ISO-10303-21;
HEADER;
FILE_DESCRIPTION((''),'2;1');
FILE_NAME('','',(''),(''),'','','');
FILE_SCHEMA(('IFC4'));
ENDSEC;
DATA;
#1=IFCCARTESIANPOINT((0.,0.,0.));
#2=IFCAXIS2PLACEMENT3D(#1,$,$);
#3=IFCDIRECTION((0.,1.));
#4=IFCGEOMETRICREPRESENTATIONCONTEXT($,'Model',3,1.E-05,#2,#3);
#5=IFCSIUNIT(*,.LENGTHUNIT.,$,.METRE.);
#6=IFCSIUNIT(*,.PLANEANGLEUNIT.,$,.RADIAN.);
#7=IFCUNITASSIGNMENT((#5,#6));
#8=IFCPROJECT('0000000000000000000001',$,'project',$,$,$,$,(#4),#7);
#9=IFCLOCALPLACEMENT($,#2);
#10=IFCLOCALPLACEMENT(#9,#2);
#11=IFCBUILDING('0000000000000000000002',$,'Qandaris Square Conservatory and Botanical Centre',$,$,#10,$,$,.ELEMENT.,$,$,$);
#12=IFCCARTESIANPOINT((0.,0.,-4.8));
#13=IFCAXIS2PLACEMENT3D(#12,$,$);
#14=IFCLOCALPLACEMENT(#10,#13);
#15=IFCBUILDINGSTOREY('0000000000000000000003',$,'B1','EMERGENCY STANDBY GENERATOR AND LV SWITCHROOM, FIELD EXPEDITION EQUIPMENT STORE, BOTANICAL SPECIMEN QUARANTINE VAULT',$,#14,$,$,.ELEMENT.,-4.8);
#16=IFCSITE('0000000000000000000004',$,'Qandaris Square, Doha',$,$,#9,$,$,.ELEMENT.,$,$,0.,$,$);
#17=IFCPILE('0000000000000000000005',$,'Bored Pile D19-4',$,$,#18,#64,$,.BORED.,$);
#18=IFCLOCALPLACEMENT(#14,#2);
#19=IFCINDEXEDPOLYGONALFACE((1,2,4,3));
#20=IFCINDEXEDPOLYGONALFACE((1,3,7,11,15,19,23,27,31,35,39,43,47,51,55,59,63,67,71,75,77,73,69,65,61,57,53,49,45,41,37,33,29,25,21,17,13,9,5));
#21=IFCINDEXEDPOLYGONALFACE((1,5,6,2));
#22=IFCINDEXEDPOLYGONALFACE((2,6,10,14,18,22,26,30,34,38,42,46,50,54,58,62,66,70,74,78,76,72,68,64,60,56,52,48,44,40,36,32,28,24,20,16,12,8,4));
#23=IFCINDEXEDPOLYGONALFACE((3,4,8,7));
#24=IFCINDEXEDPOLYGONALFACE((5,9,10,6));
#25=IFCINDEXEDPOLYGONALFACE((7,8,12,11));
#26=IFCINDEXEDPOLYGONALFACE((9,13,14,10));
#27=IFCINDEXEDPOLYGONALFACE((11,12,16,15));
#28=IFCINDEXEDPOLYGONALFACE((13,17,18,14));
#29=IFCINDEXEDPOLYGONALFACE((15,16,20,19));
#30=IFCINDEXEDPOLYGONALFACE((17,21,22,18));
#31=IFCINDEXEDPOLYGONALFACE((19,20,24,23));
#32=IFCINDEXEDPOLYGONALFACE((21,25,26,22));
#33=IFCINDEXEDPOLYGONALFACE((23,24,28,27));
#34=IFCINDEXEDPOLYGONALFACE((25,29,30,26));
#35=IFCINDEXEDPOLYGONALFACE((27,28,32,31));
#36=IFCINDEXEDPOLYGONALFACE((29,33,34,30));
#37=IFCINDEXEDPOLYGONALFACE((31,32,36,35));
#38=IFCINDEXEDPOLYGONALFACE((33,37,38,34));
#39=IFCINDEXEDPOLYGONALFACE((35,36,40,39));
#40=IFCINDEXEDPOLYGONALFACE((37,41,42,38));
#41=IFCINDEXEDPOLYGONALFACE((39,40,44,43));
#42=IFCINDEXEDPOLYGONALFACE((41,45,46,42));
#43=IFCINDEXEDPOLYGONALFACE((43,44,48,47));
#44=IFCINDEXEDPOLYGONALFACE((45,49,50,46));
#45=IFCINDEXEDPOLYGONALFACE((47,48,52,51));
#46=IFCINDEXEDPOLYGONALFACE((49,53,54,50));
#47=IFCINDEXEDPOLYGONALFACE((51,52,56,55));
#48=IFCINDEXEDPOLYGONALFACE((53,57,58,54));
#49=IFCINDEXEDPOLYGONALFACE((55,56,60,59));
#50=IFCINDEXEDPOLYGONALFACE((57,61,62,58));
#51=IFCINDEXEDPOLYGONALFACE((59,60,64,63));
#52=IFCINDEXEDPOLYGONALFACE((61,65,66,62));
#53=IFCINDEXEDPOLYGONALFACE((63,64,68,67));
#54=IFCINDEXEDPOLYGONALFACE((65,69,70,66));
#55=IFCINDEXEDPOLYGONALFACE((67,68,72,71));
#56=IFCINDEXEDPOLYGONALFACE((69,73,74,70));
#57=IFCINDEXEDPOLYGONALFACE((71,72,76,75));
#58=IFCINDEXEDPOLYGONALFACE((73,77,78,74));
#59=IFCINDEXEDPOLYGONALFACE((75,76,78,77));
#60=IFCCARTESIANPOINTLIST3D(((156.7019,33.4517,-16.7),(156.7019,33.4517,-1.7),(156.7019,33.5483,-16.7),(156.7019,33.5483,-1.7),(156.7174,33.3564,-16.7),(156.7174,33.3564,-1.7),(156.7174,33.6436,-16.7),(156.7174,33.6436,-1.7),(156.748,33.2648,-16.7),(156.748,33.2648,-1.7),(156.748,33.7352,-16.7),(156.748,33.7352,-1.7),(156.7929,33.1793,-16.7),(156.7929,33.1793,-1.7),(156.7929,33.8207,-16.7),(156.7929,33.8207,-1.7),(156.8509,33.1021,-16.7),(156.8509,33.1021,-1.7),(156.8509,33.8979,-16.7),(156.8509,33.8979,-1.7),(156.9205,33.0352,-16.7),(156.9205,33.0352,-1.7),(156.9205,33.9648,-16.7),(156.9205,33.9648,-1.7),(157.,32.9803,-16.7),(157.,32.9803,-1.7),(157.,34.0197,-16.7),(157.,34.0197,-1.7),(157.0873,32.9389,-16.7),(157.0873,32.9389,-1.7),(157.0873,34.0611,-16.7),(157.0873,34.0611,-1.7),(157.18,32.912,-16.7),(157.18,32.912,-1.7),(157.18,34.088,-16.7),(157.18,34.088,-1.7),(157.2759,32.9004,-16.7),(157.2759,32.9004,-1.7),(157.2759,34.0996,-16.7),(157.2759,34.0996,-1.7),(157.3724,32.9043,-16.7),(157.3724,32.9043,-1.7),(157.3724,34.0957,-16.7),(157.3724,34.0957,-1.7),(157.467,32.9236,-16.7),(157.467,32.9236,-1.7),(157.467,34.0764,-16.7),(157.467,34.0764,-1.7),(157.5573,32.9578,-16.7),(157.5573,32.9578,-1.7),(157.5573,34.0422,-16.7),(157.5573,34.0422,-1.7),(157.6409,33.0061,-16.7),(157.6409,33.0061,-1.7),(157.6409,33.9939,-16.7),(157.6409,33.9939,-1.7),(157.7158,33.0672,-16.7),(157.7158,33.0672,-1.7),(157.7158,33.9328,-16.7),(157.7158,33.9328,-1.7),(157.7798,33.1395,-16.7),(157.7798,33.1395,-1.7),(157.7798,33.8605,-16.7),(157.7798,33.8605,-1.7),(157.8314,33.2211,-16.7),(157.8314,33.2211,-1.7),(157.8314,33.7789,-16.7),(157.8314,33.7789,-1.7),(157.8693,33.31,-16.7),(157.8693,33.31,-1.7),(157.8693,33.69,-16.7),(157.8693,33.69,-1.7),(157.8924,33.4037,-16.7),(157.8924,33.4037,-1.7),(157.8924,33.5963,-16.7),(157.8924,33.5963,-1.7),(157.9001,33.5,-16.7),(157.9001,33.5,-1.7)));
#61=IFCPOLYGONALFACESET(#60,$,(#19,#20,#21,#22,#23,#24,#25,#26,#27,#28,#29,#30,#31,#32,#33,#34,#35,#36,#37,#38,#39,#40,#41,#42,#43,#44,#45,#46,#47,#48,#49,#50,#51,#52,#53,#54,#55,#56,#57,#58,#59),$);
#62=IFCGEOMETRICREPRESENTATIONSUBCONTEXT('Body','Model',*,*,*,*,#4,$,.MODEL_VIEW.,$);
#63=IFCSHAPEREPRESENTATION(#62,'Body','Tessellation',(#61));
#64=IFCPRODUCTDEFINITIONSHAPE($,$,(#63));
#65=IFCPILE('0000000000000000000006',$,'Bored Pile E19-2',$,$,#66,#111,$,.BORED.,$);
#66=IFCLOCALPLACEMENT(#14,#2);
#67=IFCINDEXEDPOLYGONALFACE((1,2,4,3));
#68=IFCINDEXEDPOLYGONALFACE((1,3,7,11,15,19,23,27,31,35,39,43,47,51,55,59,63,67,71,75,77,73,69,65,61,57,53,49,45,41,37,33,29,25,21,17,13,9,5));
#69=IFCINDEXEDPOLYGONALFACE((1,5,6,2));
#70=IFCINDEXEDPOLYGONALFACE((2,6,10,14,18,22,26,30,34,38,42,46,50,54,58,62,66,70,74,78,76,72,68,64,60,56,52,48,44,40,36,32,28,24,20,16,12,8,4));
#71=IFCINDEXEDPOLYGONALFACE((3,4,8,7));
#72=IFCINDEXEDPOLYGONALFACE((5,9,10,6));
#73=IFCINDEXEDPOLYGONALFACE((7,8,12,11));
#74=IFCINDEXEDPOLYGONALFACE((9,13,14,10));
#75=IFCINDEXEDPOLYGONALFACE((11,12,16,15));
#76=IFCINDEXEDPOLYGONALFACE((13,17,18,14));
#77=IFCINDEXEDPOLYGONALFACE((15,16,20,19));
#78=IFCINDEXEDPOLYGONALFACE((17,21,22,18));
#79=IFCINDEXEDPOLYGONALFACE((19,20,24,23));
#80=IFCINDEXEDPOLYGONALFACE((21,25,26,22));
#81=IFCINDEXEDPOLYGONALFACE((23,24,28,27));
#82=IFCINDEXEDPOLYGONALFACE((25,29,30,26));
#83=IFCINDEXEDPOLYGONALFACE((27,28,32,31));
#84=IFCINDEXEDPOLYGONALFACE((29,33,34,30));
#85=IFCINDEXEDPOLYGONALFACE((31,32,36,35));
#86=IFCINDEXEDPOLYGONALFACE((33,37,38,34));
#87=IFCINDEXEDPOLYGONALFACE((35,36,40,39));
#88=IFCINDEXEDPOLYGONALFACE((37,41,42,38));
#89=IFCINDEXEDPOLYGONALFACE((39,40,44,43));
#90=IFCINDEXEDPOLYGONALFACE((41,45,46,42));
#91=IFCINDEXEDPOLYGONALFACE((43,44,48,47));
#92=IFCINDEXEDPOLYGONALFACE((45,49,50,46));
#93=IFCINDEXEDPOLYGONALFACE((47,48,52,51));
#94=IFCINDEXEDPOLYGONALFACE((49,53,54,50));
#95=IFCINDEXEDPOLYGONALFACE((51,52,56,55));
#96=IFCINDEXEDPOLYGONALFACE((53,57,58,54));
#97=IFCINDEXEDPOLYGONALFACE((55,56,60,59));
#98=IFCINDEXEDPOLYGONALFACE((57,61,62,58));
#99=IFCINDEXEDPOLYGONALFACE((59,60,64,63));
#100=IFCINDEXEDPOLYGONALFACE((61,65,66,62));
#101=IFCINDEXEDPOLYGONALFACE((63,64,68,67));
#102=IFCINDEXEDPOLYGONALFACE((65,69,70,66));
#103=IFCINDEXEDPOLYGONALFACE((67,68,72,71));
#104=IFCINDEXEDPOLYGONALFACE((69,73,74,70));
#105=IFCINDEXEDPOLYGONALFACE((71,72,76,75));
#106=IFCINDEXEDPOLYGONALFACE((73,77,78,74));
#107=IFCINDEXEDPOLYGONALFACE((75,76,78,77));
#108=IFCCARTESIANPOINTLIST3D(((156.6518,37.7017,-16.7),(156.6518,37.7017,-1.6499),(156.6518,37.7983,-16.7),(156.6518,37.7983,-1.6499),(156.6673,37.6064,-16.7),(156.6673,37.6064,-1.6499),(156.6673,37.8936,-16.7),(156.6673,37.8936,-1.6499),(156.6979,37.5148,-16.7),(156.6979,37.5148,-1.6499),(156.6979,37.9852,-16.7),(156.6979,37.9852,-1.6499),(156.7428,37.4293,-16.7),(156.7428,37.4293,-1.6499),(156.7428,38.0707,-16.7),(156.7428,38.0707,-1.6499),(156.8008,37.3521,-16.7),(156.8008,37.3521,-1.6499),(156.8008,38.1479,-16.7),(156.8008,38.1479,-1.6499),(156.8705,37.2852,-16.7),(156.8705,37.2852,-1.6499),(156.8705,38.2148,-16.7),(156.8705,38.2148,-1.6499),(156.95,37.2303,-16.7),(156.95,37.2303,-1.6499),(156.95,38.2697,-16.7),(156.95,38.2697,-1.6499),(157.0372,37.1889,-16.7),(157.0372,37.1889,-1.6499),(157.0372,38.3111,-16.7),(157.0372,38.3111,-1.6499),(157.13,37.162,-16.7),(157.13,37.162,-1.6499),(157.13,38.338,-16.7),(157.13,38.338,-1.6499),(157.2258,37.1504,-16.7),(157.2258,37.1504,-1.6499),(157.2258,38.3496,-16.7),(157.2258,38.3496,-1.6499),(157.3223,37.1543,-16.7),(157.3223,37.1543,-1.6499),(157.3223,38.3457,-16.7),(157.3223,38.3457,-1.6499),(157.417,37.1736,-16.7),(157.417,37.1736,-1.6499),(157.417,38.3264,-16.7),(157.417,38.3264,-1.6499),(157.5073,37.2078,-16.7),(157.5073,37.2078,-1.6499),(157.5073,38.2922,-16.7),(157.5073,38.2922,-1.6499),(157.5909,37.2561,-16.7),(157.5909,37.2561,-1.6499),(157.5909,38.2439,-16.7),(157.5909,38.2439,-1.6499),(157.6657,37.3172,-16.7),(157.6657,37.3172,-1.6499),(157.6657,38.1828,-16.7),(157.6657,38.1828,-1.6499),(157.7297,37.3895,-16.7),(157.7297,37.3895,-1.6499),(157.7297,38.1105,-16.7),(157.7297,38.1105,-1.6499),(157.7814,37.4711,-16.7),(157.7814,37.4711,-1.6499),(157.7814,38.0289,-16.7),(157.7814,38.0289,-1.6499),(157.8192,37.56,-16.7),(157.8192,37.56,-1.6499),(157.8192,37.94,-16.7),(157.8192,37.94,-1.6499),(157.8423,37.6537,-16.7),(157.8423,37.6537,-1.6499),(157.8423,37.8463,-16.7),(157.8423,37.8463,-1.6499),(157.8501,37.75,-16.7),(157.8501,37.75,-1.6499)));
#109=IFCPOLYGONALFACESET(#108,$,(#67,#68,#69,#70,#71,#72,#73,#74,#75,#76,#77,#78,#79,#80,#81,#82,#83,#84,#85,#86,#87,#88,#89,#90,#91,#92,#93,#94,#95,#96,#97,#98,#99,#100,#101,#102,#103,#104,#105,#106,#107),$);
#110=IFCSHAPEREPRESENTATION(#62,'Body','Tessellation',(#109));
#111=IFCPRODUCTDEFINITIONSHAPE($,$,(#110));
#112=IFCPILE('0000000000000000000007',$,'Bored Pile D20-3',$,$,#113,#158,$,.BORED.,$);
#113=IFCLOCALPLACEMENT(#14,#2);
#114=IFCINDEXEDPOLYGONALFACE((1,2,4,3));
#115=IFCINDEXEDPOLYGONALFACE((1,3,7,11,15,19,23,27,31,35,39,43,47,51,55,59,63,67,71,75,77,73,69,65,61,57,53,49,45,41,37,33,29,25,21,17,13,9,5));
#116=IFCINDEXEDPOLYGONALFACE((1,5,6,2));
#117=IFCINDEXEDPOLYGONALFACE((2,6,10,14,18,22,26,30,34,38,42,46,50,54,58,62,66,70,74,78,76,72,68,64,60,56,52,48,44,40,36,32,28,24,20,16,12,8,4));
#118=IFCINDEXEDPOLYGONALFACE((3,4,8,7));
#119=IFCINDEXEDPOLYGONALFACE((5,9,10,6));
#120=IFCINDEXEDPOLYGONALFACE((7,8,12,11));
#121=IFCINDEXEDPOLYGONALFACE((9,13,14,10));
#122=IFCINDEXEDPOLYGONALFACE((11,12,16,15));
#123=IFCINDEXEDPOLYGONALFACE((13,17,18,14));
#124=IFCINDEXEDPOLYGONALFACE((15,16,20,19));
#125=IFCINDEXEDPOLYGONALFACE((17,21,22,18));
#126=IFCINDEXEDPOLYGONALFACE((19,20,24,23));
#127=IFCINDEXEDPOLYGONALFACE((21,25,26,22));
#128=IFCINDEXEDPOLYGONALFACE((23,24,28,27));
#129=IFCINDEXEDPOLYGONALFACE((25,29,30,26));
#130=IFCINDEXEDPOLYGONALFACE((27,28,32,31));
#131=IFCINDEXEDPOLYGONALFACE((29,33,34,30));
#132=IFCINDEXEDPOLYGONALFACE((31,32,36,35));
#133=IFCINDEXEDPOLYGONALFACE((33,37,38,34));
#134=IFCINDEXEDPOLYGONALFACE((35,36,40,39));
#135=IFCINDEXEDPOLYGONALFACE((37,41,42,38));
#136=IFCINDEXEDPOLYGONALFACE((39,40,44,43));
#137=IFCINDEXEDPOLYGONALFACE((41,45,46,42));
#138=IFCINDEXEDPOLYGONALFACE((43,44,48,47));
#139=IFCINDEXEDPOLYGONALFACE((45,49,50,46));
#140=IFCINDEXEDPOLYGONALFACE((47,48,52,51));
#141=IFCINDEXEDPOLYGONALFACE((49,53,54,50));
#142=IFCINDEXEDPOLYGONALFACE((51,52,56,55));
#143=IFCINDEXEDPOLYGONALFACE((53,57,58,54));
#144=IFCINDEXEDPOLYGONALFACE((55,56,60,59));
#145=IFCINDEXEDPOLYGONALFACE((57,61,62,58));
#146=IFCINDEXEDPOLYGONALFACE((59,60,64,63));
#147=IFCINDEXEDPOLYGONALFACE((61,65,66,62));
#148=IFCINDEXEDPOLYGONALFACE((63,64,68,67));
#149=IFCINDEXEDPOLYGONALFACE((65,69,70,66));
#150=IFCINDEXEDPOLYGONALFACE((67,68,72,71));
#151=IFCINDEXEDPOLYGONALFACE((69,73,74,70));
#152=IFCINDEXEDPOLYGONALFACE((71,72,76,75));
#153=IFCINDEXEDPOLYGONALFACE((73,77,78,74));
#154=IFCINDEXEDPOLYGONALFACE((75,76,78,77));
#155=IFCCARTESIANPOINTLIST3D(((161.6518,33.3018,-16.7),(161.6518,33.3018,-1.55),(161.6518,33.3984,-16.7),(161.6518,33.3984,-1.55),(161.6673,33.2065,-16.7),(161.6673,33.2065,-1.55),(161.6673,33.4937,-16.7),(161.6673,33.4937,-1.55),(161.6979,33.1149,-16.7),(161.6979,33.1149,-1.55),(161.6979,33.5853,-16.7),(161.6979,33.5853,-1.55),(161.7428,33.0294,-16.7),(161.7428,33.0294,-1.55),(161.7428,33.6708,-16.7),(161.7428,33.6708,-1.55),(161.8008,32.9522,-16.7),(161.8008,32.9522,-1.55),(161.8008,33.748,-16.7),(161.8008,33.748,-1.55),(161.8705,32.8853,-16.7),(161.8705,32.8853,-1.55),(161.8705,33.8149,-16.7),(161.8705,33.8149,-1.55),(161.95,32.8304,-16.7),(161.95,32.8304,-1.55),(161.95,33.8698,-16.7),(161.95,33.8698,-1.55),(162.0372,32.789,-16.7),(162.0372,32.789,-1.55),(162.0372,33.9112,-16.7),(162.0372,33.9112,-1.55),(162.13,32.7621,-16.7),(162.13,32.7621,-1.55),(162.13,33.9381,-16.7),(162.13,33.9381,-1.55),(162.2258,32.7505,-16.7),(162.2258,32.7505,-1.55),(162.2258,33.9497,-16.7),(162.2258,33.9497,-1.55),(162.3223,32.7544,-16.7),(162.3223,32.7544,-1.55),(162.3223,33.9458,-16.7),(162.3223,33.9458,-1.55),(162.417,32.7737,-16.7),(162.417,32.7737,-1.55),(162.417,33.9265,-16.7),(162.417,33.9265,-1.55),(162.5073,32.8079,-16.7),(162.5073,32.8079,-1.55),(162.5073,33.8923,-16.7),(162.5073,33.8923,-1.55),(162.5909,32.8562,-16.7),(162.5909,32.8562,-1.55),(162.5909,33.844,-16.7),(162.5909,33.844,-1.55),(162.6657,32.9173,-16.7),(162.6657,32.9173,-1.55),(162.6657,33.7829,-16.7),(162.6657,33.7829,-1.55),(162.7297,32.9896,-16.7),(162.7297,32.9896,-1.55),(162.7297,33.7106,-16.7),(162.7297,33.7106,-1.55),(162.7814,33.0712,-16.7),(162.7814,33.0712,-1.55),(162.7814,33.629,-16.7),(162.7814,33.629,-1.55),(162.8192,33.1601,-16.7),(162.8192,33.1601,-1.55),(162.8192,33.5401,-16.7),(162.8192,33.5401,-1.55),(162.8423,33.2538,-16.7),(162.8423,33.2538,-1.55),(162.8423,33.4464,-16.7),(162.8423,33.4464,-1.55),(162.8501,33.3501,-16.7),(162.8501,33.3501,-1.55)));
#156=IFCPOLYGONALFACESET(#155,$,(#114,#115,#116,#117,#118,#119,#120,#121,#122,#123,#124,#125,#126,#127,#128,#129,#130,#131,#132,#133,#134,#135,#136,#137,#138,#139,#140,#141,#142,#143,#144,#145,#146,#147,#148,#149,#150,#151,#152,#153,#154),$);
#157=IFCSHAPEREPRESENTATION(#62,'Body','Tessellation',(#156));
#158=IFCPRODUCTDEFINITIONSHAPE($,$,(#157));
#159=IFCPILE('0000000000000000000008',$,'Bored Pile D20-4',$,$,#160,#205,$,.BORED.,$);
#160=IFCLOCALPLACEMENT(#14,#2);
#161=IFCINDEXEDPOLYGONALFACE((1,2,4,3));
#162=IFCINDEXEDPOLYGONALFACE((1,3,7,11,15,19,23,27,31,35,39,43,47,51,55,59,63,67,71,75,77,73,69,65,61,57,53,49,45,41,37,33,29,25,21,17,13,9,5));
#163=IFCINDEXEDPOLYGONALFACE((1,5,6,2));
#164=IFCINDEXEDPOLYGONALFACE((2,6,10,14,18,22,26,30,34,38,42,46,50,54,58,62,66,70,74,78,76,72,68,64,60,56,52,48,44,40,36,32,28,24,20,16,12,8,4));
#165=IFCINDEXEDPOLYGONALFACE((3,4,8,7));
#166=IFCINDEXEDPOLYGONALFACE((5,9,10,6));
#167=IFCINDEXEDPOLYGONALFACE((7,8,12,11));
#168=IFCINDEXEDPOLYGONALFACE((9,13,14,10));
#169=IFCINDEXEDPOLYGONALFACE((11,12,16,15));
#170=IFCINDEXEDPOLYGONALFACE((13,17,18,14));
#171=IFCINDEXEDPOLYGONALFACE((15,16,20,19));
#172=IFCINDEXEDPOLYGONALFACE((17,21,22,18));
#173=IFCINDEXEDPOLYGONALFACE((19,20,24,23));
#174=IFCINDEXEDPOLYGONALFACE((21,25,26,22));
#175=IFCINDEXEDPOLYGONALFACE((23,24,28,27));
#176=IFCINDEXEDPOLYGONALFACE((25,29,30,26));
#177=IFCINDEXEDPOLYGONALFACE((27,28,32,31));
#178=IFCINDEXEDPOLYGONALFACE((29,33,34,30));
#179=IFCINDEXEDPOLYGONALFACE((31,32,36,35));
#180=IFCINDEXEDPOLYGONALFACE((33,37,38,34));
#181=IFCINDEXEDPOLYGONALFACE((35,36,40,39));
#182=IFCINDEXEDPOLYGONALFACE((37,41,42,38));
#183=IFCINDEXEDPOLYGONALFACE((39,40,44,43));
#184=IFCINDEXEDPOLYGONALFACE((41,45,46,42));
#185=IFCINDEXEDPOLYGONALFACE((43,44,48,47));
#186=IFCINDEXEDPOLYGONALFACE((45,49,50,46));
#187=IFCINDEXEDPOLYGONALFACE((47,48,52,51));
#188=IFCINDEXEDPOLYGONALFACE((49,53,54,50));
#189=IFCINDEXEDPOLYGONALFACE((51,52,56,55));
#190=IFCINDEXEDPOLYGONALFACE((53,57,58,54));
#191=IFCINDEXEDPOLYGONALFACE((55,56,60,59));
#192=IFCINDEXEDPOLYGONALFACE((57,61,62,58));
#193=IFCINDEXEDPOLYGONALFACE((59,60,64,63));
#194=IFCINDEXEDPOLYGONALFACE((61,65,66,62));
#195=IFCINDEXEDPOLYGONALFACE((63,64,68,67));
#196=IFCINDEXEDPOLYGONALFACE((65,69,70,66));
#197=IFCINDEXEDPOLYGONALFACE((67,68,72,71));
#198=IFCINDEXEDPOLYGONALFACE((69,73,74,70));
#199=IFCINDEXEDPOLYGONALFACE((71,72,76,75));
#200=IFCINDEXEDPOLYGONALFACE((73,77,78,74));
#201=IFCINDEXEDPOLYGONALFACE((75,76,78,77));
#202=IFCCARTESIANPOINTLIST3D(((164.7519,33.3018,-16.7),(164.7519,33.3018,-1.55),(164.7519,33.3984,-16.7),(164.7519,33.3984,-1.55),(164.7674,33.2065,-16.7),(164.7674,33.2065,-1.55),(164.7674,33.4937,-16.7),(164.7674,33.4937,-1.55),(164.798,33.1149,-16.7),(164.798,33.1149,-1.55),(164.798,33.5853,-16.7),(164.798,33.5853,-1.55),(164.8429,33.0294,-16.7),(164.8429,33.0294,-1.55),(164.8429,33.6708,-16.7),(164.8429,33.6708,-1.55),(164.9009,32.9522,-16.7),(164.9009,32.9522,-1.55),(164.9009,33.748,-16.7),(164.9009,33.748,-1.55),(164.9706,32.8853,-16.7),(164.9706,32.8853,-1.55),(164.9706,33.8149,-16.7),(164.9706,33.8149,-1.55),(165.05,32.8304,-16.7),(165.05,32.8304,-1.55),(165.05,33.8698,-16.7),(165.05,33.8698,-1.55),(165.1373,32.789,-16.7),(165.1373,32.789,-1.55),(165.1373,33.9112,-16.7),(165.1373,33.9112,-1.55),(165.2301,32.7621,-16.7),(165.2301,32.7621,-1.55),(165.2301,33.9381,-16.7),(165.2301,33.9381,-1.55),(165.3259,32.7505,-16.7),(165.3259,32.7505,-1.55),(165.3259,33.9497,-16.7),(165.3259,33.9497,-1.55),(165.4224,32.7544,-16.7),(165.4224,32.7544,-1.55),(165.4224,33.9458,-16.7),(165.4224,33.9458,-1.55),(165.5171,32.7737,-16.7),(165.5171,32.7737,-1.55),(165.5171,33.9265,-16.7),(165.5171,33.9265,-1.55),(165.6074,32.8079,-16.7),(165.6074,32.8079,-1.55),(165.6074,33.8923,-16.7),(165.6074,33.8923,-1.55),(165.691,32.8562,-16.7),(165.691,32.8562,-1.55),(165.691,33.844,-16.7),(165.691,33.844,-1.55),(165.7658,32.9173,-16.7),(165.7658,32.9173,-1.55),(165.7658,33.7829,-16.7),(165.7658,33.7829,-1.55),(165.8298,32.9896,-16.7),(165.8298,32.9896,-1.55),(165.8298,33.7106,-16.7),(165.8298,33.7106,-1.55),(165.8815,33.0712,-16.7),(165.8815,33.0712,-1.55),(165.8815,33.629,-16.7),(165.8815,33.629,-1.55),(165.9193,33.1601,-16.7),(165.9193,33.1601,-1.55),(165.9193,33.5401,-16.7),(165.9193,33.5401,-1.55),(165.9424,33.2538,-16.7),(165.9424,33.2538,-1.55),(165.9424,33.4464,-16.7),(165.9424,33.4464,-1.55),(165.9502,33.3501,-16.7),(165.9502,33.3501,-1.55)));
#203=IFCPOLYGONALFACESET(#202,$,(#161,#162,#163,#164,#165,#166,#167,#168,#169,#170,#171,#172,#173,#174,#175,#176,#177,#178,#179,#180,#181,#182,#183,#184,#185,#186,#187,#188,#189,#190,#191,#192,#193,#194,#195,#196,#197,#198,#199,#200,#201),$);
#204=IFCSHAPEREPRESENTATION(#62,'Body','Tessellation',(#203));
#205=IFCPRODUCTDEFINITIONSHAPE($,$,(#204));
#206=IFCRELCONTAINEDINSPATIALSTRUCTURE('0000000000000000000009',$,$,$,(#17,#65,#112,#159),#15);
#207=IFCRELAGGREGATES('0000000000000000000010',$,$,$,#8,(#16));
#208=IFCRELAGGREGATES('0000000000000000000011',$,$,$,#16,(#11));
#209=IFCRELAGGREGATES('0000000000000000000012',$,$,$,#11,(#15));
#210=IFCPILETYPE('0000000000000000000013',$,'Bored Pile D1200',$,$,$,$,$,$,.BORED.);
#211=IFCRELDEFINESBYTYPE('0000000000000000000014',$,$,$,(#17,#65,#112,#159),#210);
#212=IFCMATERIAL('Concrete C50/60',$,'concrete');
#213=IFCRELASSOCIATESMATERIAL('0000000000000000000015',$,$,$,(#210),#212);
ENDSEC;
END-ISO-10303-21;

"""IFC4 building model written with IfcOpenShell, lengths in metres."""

from ifc_helpers import new_model, si_unit, direction, frame, origin, origin_2d, place, context, subcontext, project, spatial, circle, extrude, material, material_profile, profile_set, type_object, element, save


model = new_model("IFC4")

# Units and contexts
model_context = context("Model", 3, precision=1e-05, world=origin(), true_north=direction((0.0, 1.0)))
body_context = subcontext(model_context, "Body", "Model", "MODEL_VIEW")
ifc_project = project(units=[si_unit("LENGTHUNIT", "METRE"), si_unit("PLANEANGLEUNIT", "RADIAN")], contexts=[model_context])

# Site, building, storey
site_placement = place(None, origin())
site = spatial("IfcSite", under=ifc_project, at=site_placement, Name="Qandaris Square, Doha", CompositionType="ELEMENT", RefElevation=0.0)
building_placement = place(site_placement, origin())
building = spatial("IfcBuilding", under=site, at=building_placement, Name="Qandaris Square Conservatory and Botanical Centre", CompositionType="ELEMENT")
storey_placement = place(building_placement, frame((0.0, 0.0, -4.8)))
storey = spatial("IfcBuildingStorey", under=building, at=storey_placement, Name="B1", Description="EMERGENCY STANDBY GENERATOR AND LV SWITCHROOM, FIELD EXPEDITION EQUIPMENT STORE, BOTANICAL SPECIMEN QUARANTINE VAULT", CompositionType="ELEMENT", Elevation=-4.8)

# Piles
ifc_material_1 = material(Name="Concrete C50/60", Category="concrete")
ifc_material_profile_1 = material_profile(ifc_material_1, circle(Radius=0.6001, at=origin_2d()), Name="PILE D1200")
ifc_profile_set_1 = profile_set([ifc_material_profile_1], Name="Concrete C50/60")
pile_type = type_object("IfcPileType", Name="Bored Pile D1200", PredefinedType="BORED", material=ifc_profile_set_1)
pile_1_placement = place(storey_placement, frame((157.3, 33.5, -1.7), z_axis=(0.0, 0.0, -1.0), x_axis=(1.0, 0.0, 0.0)))
element("IfcPile", 1, at=pile_1_placement, inside=storey, type_object=pile_type, Name="Bored Pile D19-4", PredefinedType="BORED", context=body_context, shape_type="SweptSolid", body=[
    extrude(circle(Radius=0.6001, at=origin_2d()), origin(), (0.0, 0.0, 1.0), 15.0),
])
pile_2_placement = place(storey_placement, frame((157.25, 37.75, -1.6499), z_axis=(0.0, 0.0, -1.0), x_axis=(1.0, 0.0, 0.0)))
element("IfcPile", 2, at=pile_2_placement, inside=storey, type_object=pile_type, Name="Bored Pile E19-2", PredefinedType="BORED", context=body_context, shape_type="SweptSolid", body=[
    extrude(circle(Radius=0.6001, at=origin_2d()), origin(), (0.0, 0.0, 1.0), 15.05),
])
for number, where, z_axis, x_axis, name in (
    (3, (162.25, 33.3501, -1.55), (0.0, 0.0, -1.0), (1.0, 0.0, 0.0), "Bored Pile D20-3"),
    (4, (165.3501, 33.3501, -1.55), (0.0, 0.0, -1.0), (1.0, 0.0, 0.0), "Bored Pile D20-4"),
):
    element("IfcPile", number, at=place(storey_placement, frame(where, z_axis=z_axis, x_axis=x_axis)), inside=storey, type_object=pile_type, Name=name, PredefinedType="BORED", context=body_context, shape_type="SweptSolid", body=[
        extrude(circle(Radius=0.6001, at=origin_2d()), origin(), (0.0, 0.0, 1.0), 15.1499),
    ])

save(model, "model.ifc")
